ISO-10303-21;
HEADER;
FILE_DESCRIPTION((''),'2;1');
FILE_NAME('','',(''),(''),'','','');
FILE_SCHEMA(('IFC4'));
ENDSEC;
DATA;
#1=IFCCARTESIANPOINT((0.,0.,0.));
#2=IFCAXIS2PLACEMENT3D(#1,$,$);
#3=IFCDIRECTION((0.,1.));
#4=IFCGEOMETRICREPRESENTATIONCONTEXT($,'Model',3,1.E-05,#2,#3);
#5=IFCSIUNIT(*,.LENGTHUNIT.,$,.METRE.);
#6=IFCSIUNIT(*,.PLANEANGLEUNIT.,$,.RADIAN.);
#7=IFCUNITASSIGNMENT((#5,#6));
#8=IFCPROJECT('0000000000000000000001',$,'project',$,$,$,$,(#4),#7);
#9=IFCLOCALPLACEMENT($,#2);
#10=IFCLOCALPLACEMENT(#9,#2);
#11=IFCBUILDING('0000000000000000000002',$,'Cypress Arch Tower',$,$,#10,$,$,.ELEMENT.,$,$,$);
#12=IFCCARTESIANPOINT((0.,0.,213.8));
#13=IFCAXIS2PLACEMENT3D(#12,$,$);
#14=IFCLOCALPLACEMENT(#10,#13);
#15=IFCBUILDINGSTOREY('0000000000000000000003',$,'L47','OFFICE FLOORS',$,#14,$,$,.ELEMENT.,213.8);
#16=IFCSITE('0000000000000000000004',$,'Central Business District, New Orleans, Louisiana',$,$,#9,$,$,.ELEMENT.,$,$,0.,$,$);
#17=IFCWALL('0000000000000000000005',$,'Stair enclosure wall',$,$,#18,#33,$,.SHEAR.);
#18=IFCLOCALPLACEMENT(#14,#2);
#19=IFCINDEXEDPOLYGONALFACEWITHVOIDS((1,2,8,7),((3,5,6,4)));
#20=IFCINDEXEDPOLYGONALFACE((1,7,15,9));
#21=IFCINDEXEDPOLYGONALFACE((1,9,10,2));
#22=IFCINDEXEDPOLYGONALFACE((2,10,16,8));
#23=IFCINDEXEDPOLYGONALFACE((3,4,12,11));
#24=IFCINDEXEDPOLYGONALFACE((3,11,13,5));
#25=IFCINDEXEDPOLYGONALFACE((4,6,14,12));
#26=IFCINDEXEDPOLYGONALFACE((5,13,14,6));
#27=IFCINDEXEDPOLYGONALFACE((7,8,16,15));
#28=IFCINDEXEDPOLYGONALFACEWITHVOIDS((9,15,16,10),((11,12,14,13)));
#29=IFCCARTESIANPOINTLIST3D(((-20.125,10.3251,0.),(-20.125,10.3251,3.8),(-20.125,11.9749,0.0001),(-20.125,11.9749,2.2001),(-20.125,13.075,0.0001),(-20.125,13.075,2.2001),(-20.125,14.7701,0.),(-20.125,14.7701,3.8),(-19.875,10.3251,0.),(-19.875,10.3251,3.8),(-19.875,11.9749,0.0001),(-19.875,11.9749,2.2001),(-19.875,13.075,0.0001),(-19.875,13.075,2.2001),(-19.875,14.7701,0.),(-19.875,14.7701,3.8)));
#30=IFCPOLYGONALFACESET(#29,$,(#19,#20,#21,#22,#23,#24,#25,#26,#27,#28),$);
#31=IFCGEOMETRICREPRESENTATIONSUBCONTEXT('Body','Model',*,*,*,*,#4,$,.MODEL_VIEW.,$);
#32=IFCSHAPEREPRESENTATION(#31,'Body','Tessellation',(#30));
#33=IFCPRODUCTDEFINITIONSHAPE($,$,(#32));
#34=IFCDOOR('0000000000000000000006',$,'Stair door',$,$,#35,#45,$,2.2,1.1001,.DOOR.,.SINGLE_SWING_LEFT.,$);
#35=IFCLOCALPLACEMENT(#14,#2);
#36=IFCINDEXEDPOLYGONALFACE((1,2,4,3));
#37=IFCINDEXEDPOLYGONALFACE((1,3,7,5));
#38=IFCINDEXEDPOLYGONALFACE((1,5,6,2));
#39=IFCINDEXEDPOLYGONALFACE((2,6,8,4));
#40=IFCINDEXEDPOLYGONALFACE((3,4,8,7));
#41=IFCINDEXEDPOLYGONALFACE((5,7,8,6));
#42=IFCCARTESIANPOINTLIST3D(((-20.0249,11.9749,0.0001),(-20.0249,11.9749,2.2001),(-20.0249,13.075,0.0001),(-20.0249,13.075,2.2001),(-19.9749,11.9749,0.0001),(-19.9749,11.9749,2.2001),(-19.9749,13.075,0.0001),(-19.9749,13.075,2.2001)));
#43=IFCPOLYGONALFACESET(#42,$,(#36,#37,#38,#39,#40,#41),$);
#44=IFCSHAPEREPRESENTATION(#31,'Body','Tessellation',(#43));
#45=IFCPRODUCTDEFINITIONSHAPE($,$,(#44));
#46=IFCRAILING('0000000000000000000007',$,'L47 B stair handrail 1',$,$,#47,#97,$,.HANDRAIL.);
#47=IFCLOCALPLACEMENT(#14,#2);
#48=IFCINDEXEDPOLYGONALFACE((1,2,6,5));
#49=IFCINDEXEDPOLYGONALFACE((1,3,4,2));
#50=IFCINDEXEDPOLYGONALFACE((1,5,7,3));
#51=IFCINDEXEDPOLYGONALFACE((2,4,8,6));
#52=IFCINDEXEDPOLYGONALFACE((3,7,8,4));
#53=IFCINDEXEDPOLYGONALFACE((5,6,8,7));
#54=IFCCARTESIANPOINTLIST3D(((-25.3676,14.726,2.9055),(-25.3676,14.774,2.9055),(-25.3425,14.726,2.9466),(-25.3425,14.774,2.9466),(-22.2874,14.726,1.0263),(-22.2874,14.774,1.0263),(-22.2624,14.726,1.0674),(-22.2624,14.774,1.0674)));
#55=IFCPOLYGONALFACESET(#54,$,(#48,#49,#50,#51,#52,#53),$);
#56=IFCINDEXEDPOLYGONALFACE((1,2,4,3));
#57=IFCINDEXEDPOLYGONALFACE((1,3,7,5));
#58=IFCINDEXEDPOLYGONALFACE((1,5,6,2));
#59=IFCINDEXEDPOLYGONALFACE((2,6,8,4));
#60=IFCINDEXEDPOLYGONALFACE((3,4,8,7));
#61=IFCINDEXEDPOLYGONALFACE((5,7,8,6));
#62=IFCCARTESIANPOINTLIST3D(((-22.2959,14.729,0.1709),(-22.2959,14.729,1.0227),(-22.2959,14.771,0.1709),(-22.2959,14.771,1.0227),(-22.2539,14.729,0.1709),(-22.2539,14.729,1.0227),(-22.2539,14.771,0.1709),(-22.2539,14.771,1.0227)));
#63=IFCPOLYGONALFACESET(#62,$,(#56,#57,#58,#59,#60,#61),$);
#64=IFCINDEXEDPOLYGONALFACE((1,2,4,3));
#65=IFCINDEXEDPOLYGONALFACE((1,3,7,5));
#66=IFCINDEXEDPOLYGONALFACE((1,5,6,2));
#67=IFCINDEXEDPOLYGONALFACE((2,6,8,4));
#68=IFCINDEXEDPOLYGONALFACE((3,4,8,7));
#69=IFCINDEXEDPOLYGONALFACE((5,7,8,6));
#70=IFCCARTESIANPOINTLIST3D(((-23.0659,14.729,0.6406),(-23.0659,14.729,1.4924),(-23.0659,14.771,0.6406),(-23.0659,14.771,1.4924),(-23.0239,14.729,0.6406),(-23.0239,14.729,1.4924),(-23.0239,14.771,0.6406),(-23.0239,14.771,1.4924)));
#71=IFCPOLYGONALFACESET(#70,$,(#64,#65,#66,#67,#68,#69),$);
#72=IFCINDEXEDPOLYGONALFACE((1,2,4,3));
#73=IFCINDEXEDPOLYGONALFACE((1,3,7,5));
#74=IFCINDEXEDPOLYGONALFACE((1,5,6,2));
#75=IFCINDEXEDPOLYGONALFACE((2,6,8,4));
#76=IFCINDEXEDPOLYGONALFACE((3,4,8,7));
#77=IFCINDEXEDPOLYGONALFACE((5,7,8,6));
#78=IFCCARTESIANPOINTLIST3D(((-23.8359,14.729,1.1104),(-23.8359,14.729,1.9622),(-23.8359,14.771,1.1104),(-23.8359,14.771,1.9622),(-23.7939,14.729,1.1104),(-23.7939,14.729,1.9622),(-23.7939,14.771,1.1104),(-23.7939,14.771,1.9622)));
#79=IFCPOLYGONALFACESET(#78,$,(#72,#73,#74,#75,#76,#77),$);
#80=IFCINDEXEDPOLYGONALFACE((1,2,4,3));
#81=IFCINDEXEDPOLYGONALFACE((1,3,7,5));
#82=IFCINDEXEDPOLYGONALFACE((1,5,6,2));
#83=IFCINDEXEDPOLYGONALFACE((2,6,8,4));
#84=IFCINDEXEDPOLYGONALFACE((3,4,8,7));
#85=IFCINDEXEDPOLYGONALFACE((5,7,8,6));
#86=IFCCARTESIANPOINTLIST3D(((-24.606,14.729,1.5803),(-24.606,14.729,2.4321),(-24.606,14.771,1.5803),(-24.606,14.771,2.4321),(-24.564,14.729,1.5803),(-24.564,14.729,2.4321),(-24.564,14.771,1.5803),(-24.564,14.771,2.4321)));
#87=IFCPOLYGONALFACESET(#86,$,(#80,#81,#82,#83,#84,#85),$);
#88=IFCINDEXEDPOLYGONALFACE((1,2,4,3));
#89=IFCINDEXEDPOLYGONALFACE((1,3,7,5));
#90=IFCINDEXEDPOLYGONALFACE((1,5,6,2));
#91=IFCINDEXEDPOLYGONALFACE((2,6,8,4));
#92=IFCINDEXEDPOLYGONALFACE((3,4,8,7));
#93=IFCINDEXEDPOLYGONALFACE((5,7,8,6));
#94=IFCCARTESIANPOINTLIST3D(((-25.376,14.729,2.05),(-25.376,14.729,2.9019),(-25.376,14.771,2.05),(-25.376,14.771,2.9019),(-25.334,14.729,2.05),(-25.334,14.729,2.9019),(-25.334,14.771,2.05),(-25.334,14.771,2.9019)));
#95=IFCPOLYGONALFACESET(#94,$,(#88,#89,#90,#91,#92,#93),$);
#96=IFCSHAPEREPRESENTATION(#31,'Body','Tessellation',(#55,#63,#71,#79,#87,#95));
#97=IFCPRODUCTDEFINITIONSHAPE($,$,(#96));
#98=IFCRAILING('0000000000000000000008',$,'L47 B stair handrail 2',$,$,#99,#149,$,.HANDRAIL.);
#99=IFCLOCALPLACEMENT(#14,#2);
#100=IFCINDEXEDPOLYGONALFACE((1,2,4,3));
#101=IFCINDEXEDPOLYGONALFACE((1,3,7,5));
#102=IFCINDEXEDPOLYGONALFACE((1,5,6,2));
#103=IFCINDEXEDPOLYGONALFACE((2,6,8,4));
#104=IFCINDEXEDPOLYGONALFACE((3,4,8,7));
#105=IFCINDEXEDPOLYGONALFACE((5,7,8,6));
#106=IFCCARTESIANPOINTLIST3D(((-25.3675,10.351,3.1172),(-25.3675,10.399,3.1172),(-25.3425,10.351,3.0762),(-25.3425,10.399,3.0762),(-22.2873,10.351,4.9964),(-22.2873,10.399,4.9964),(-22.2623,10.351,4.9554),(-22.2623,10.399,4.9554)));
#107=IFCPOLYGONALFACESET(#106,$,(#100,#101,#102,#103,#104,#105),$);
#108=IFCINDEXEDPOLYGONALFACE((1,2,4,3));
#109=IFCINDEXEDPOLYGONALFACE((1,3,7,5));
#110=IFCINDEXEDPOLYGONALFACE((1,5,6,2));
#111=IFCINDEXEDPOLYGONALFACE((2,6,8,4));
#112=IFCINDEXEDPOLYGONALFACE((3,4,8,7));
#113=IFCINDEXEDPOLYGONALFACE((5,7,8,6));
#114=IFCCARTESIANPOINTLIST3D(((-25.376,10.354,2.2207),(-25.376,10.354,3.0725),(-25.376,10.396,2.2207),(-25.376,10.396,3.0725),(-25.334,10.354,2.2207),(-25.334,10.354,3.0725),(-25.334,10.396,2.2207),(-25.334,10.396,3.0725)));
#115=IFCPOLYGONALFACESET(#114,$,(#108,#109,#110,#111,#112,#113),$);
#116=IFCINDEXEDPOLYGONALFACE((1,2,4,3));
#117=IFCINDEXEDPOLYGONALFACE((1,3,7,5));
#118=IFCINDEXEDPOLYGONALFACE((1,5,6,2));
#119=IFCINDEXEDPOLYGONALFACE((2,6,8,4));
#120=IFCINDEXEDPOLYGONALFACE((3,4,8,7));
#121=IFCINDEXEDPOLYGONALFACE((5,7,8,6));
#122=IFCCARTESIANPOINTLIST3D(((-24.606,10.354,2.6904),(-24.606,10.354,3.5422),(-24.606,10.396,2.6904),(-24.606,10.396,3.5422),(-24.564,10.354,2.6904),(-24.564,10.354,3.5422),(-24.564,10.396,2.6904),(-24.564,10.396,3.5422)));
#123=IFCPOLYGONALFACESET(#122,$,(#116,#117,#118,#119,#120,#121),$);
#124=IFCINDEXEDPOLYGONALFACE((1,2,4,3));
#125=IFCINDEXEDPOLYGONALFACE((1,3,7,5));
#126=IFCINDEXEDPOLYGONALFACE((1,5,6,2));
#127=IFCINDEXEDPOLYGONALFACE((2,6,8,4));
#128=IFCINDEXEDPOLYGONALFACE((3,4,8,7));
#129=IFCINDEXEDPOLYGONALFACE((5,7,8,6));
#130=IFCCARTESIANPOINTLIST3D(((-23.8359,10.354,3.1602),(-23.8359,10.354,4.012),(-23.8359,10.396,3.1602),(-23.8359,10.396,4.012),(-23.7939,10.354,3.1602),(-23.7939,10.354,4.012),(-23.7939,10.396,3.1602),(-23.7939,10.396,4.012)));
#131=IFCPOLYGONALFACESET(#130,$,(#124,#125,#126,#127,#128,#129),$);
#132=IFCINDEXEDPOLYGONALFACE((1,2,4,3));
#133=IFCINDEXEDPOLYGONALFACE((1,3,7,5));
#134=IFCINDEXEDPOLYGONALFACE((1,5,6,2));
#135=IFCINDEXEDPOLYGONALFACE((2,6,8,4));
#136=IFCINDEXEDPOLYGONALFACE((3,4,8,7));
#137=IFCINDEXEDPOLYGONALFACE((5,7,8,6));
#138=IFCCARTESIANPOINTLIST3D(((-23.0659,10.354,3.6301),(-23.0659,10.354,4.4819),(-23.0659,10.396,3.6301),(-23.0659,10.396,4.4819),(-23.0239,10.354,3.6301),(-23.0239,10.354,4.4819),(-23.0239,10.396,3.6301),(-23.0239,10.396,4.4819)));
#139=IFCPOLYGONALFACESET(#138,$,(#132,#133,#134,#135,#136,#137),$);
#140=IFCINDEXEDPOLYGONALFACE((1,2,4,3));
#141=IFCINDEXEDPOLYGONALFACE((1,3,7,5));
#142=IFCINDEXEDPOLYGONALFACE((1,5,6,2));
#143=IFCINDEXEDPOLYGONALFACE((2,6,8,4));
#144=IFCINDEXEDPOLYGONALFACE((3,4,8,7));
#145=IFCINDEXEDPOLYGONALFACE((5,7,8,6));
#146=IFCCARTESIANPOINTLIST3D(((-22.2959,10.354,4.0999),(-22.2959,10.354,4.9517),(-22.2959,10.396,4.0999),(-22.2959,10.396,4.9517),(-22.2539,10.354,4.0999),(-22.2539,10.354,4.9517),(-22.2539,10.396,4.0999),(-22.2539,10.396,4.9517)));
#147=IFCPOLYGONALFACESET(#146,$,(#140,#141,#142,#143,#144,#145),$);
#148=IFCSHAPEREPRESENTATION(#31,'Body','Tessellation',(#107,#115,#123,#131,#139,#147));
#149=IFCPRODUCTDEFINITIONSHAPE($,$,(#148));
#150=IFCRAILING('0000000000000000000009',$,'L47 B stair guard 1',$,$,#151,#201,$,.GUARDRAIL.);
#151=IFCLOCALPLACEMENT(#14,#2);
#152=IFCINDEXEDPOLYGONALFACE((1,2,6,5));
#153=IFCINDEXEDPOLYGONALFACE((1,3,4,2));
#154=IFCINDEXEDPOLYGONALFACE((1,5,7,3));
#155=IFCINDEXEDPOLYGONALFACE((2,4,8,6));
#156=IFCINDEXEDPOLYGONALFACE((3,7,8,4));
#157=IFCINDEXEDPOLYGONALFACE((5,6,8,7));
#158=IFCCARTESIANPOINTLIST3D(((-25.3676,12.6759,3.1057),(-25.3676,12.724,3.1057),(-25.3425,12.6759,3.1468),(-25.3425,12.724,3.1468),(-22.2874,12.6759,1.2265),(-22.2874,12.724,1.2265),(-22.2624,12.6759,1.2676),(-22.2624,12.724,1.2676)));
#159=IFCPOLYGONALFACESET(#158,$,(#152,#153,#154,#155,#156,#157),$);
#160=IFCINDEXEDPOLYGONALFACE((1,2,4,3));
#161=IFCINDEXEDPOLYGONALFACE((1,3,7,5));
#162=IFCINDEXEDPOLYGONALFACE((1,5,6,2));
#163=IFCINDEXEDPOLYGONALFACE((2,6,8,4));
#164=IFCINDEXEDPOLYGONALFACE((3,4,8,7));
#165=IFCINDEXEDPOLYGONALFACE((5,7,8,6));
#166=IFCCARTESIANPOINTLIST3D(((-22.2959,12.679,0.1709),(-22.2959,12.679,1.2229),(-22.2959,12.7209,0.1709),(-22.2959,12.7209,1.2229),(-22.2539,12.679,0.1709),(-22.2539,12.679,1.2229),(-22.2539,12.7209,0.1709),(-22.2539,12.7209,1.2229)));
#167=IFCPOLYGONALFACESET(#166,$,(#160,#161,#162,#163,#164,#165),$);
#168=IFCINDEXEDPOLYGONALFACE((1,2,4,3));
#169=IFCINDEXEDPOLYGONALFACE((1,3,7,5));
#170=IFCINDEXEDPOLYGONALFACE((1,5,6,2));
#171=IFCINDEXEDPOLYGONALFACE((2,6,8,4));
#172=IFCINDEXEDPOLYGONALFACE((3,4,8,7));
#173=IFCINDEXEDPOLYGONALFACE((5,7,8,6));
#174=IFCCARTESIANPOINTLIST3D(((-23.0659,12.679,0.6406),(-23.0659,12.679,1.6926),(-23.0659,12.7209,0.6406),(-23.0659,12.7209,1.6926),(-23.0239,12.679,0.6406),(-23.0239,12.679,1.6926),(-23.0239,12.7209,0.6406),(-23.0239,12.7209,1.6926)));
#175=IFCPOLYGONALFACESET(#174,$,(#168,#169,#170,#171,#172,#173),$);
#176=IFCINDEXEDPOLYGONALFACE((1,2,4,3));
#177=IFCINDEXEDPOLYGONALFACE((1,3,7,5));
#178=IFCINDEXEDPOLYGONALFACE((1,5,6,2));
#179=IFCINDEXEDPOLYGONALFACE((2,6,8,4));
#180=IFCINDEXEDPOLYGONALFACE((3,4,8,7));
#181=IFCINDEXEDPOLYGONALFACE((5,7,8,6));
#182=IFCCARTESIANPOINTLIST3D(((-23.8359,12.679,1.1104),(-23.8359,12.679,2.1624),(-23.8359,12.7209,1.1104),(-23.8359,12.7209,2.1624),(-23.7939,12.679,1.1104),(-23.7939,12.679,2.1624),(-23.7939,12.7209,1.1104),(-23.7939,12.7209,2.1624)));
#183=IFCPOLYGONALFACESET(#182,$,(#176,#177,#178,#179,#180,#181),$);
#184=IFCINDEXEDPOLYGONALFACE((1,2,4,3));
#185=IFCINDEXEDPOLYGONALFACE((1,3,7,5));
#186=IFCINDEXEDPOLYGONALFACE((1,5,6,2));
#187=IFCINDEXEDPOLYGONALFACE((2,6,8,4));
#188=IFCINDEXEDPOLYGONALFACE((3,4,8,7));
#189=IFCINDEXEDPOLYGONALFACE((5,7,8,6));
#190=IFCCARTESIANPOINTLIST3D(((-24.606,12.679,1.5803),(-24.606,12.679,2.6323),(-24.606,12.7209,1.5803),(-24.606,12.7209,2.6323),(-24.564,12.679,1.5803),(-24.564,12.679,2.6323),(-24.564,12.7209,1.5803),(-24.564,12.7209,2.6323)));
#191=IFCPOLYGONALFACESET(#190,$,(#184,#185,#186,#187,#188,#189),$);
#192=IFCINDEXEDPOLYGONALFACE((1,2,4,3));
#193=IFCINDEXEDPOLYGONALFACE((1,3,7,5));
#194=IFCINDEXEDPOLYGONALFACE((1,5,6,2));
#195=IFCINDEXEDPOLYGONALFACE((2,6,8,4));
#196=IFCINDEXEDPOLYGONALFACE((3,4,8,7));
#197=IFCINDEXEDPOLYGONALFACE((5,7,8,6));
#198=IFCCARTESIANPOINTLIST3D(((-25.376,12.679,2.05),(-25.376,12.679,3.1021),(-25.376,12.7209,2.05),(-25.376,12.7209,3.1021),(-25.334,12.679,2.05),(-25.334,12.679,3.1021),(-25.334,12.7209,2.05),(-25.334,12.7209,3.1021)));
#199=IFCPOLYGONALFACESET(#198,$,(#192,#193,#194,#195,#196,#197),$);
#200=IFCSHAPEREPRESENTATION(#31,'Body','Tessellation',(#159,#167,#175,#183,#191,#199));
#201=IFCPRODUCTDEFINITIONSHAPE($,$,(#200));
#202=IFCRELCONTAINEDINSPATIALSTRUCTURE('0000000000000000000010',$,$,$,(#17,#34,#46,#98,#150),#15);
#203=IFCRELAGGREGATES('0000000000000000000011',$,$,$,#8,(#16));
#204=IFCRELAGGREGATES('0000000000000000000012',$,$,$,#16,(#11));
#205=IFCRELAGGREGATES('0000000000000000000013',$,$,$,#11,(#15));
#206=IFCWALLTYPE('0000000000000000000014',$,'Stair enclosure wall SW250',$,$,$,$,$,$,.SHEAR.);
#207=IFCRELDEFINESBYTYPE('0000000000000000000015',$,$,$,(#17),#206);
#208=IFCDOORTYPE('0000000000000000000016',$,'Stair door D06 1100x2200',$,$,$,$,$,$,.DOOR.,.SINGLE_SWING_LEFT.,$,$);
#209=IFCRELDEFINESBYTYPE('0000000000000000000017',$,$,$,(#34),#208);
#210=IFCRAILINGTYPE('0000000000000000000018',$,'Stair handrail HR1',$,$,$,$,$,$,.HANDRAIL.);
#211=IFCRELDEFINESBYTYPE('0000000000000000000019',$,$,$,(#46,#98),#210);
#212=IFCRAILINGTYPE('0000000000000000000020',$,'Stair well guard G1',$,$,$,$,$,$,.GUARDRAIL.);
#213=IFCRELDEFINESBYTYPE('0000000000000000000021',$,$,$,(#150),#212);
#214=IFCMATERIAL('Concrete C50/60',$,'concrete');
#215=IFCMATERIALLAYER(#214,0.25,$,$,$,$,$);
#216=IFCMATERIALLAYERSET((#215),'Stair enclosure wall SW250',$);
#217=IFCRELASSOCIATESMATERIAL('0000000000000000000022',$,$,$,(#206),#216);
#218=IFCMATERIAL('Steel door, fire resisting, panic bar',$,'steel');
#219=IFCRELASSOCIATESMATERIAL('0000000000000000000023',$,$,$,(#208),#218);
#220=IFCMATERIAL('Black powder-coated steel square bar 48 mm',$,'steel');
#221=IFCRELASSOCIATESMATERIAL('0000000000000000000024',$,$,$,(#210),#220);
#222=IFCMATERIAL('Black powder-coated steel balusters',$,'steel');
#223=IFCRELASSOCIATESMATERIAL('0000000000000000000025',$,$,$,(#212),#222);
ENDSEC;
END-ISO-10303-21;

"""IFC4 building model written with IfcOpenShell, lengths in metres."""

from ifc_helpers import new_model, si_unit, direction, frame, frame_2d, origin, origin_2d, place, context, subcontext, project, spatial, rectangle, extrude, material, layer, layer_set, type_object, element, fill, save


model = new_model("IFC4")

# Units and contexts
model_context = context("Model", 3, precision=1e-05, world=origin(), true_north=direction((0.0, 1.0)))
body_context = subcontext(model_context, "Body", "Model", "MODEL_VIEW")
ifc_project = project(units=[si_unit("LENGTHUNIT", "METRE"), si_unit("PLANEANGLEUNIT", "RADIAN")], contexts=[model_context])

# Site, building, storey
site_placement = place(None, origin())
site = spatial("IfcSite", under=ifc_project, at=site_placement, Name="Central Business District, New Orleans, Louisiana", CompositionType="ELEMENT", RefElevation=0.0)
building_placement = place(site_placement, origin())
building = spatial("IfcBuilding", under=site, at=building_placement, Name="Cypress Arch Tower", CompositionType="ELEMENT")
storey_placement = place(building_placement, frame((0.0, 0.0, 213.8)))
storey = spatial("IfcBuildingStorey", under=building, at=storey_placement, Name="L47", Description="OFFICE FLOORS", CompositionType="ELEMENT", Elevation=213.8)

# Wall, opening, door
ifc_material_1 = material(Name="Concrete C50/60", Category="concrete")
ifc_layer_1 = layer(ifc_material_1, 0.25)
ifc_layer_set_1 = layer_set([ifc_layer_1], Name="Stair enclosure wall SW250")
wall_type_1 = type_object("IfcWallType", Name="Stair enclosure wall SW250", PredefinedType="SHEAR", material=ifc_layer_set_1)
wall_1_placement = place(storey_placement, frame((-20.0, 10.325, 0.0), z_axis=(0.0, 0.0, 1.0), x_axis=(0.0, 1.0, 0.0)))
wall_1 = element("IfcWall", 1, at=wall_1_placement, inside=storey, type_object=wall_type_1, Name="Stair enclosure wall", PredefinedType="SHEAR", context=body_context, shape_type="SweptSolid", body=[
    extrude(rectangle(XDim=4.4451, YDim=0.25, at=frame_2d((2.2227, 0.0))), origin(), (0.0, 0.0, 1.0), 3.8),
])
opening_1_placement = place(wall_1_placement, frame((1.6499, 0.0, 0.0)))
opening_1 = element("IfcOpeningElement", 2, at=opening_1_placement, cuts=wall_1, PredefinedType="OPENING", context=body_context, shape_type="SweptSolid", body=[
    extrude(rectangle(XDim=1.1001, YDim=2.2, at=frame_2d((0.55, 1.1001))), frame((0.0, 0.135, 0.0), z_axis=(0.0, -1.0, 0.0), x_axis=(1.0, 0.0, 0.0)), (0.0, 0.0, 1.0), 0.27),
])
ifc_material_2 = material(Name="Steel door, fire resisting, panic bar", Category="steel")
door_type_1 = type_object("IfcDoorType", Name="Stair door D06 1100x2200", OperationType="SINGLE_SWING_LEFT", PredefinedType="DOOR", material=ifc_material_2)
door_1_placement = place(opening_1_placement, origin())
door_1 = element("IfcDoor", 3, at=door_1_placement, inside=storey, type_object=door_type_1, Name="Stair door", OperationType="SINGLE_SWING_LEFT", OverallHeight=2.2, OverallWidth=1.1001, PredefinedType="DOOR", context=body_context, shape_type="SweptSolid", body=[
    extrude(rectangle(XDim=1.1001, YDim=2.2, at=frame_2d((0.55, 1.1001))), frame((0.0, 0.0249, 0.0), z_axis=(0.0, -1.0, 0.0), x_axis=(1.0, 0.0, 0.0)), (0.0, 0.0, 1.0), 0.05),
])
fill(opening_1, door_1)

# Railings
ifc_material_3 = material(Name="Black powder-coated steel square bar 48 mm", Category="steel")
railing_type_1 = type_object("IfcRailingType", Name="Stair handrail HR1", PredefinedType="HANDRAIL", material=ifc_material_3)
railing_1_placement = place(storey_placement, frame((-22.2749, 14.75, 0.1709)))
element("IfcRailing", 4, at=railing_1_placement, inside=storey, type_object=railing_type_1, Name="L47 B stair handrail 1", PredefinedType="HANDRAIL", context=body_context, shape_type="SweptSolid", body=[
    extrude(rectangle(XDim=0.0481, YDim=0.0481, at=origin_2d()), frame((0.0, 0.0, 0.876), z_axis=(-0.853666, 0.0, 0.52082), x_axis=(0.0, -1.0, 0.0)), (0.0, 0.0, 1.0), 3.6082),
    extrude(rectangle(XDim=0.042, YDim=0.042, at=origin_2d()), origin(), (0.0, 0.0, 1.0), 0.8518),
    extrude(rectangle(XDim=0.042, YDim=0.042, at=origin_2d()), frame((-0.77, 0.0, 0.4697)), (0.0, 0.0, 1.0), 0.8518),
    extrude(rectangle(XDim=0.042, YDim=0.042, at=origin_2d()), frame((-1.54, 0.0, 0.9395)), (0.0, 0.0, 1.0), 0.8518),
    extrude(rectangle(XDim=0.042, YDim=0.042, at=origin_2d()), frame((-2.3101, 0.0, 1.4094)), (0.0, 0.0, 1.0), 0.8518),
    extrude(rectangle(XDim=0.042, YDim=0.042, at=origin_2d()), frame((-3.0801, 0.0, 1.8792)), (0.0, 0.0, 1.0), 0.8518),
])
railing_2_placement = place(storey_placement, frame((-25.355, 10.375, 2.2207)))
element("IfcRailing", 5, at=railing_2_placement, inside=storey, type_object=railing_type_1, Name="L47 B stair handrail 2", PredefinedType="HANDRAIL", context=body_context, shape_type="SweptSolid", body=[
    extrude(rectangle(XDim=0.0481, YDim=0.0481, at=origin_2d()), frame((0.0, 0.0, 0.876), z_axis=(0.853666, 0.0, 0.52082), x_axis=(0.0, 1.0, 0.0)), (0.0, 0.0, 1.0), 3.6082),
    extrude(rectangle(XDim=0.042, YDim=0.042, at=origin_2d()), origin(), (0.0, 0.0, 1.0), 0.8518),
    extrude(rectangle(XDim=0.042, YDim=0.042, at=origin_2d()), frame((0.77, 0.0, 0.4697)), (0.0, 0.0, 1.0), 0.8518),
    extrude(rectangle(XDim=0.042, YDim=0.042, at=origin_2d()), frame((1.54, 0.0, 0.9395)), (0.0, 0.0, 1.0), 0.8518),
    extrude(rectangle(XDim=0.042, YDim=0.042, at=origin_2d()), frame((2.3101, 0.0, 1.4094)), (0.0, 0.0, 1.0), 0.8518),
    extrude(rectangle(XDim=0.042, YDim=0.042, at=origin_2d()), frame((3.0801, 0.0, 1.8792)), (0.0, 0.0, 1.0), 0.8518),
])
ifc_material_4 = material(Name="Black powder-coated steel balusters", Category="steel")
railing_type_2 = type_object("IfcRailingType", Name="Stair well guard G1", PredefinedType="GUARDRAIL", material=ifc_material_4)
railing_3_placement = place(storey_placement, frame((-22.2749, 12.7, 0.1709)))
element("IfcRailing", 6, at=railing_3_placement, inside=storey, type_object=railing_type_2, Name="L47 B stair guard 1", PredefinedType="GUARDRAIL", context=body_context, shape_type="SweptSolid", body=[
    extrude(rectangle(XDim=0.0481, YDim=0.0481, at=origin_2d()), frame((0.0, 0.0, 1.0762), z_axis=(-0.853666, 0.0, 0.52082), x_axis=(0.0, -1.0, 0.0)), (0.0, 0.0, 1.0), 3.6082),
    extrude(rectangle(XDim=0.042, YDim=0.042, at=origin_2d()), origin(), (0.0, 0.0, 1.0), 1.052),
    extrude(rectangle(XDim=0.042, YDim=0.042, at=origin_2d()), frame((-0.77, 0.0, 0.4697)), (0.0, 0.0, 1.0), 1.052),
    extrude(rectangle(XDim=0.042, YDim=0.042, at=origin_2d()), frame((-1.54, 0.0, 0.9395)), (0.0, 0.0, 1.0), 1.052),
    extrude(rectangle(XDim=0.042, YDim=0.042, at=origin_2d()), frame((-2.3101, 0.0, 1.4094)), (0.0, 0.0, 1.0), 1.052),
    extrude(rectangle(XDim=0.042, YDim=0.042, at=origin_2d()), frame((-3.0801, 0.0, 1.8792)), (0.0, 0.0, 1.0), 1.052),
])

save(model, "model.ifc")
